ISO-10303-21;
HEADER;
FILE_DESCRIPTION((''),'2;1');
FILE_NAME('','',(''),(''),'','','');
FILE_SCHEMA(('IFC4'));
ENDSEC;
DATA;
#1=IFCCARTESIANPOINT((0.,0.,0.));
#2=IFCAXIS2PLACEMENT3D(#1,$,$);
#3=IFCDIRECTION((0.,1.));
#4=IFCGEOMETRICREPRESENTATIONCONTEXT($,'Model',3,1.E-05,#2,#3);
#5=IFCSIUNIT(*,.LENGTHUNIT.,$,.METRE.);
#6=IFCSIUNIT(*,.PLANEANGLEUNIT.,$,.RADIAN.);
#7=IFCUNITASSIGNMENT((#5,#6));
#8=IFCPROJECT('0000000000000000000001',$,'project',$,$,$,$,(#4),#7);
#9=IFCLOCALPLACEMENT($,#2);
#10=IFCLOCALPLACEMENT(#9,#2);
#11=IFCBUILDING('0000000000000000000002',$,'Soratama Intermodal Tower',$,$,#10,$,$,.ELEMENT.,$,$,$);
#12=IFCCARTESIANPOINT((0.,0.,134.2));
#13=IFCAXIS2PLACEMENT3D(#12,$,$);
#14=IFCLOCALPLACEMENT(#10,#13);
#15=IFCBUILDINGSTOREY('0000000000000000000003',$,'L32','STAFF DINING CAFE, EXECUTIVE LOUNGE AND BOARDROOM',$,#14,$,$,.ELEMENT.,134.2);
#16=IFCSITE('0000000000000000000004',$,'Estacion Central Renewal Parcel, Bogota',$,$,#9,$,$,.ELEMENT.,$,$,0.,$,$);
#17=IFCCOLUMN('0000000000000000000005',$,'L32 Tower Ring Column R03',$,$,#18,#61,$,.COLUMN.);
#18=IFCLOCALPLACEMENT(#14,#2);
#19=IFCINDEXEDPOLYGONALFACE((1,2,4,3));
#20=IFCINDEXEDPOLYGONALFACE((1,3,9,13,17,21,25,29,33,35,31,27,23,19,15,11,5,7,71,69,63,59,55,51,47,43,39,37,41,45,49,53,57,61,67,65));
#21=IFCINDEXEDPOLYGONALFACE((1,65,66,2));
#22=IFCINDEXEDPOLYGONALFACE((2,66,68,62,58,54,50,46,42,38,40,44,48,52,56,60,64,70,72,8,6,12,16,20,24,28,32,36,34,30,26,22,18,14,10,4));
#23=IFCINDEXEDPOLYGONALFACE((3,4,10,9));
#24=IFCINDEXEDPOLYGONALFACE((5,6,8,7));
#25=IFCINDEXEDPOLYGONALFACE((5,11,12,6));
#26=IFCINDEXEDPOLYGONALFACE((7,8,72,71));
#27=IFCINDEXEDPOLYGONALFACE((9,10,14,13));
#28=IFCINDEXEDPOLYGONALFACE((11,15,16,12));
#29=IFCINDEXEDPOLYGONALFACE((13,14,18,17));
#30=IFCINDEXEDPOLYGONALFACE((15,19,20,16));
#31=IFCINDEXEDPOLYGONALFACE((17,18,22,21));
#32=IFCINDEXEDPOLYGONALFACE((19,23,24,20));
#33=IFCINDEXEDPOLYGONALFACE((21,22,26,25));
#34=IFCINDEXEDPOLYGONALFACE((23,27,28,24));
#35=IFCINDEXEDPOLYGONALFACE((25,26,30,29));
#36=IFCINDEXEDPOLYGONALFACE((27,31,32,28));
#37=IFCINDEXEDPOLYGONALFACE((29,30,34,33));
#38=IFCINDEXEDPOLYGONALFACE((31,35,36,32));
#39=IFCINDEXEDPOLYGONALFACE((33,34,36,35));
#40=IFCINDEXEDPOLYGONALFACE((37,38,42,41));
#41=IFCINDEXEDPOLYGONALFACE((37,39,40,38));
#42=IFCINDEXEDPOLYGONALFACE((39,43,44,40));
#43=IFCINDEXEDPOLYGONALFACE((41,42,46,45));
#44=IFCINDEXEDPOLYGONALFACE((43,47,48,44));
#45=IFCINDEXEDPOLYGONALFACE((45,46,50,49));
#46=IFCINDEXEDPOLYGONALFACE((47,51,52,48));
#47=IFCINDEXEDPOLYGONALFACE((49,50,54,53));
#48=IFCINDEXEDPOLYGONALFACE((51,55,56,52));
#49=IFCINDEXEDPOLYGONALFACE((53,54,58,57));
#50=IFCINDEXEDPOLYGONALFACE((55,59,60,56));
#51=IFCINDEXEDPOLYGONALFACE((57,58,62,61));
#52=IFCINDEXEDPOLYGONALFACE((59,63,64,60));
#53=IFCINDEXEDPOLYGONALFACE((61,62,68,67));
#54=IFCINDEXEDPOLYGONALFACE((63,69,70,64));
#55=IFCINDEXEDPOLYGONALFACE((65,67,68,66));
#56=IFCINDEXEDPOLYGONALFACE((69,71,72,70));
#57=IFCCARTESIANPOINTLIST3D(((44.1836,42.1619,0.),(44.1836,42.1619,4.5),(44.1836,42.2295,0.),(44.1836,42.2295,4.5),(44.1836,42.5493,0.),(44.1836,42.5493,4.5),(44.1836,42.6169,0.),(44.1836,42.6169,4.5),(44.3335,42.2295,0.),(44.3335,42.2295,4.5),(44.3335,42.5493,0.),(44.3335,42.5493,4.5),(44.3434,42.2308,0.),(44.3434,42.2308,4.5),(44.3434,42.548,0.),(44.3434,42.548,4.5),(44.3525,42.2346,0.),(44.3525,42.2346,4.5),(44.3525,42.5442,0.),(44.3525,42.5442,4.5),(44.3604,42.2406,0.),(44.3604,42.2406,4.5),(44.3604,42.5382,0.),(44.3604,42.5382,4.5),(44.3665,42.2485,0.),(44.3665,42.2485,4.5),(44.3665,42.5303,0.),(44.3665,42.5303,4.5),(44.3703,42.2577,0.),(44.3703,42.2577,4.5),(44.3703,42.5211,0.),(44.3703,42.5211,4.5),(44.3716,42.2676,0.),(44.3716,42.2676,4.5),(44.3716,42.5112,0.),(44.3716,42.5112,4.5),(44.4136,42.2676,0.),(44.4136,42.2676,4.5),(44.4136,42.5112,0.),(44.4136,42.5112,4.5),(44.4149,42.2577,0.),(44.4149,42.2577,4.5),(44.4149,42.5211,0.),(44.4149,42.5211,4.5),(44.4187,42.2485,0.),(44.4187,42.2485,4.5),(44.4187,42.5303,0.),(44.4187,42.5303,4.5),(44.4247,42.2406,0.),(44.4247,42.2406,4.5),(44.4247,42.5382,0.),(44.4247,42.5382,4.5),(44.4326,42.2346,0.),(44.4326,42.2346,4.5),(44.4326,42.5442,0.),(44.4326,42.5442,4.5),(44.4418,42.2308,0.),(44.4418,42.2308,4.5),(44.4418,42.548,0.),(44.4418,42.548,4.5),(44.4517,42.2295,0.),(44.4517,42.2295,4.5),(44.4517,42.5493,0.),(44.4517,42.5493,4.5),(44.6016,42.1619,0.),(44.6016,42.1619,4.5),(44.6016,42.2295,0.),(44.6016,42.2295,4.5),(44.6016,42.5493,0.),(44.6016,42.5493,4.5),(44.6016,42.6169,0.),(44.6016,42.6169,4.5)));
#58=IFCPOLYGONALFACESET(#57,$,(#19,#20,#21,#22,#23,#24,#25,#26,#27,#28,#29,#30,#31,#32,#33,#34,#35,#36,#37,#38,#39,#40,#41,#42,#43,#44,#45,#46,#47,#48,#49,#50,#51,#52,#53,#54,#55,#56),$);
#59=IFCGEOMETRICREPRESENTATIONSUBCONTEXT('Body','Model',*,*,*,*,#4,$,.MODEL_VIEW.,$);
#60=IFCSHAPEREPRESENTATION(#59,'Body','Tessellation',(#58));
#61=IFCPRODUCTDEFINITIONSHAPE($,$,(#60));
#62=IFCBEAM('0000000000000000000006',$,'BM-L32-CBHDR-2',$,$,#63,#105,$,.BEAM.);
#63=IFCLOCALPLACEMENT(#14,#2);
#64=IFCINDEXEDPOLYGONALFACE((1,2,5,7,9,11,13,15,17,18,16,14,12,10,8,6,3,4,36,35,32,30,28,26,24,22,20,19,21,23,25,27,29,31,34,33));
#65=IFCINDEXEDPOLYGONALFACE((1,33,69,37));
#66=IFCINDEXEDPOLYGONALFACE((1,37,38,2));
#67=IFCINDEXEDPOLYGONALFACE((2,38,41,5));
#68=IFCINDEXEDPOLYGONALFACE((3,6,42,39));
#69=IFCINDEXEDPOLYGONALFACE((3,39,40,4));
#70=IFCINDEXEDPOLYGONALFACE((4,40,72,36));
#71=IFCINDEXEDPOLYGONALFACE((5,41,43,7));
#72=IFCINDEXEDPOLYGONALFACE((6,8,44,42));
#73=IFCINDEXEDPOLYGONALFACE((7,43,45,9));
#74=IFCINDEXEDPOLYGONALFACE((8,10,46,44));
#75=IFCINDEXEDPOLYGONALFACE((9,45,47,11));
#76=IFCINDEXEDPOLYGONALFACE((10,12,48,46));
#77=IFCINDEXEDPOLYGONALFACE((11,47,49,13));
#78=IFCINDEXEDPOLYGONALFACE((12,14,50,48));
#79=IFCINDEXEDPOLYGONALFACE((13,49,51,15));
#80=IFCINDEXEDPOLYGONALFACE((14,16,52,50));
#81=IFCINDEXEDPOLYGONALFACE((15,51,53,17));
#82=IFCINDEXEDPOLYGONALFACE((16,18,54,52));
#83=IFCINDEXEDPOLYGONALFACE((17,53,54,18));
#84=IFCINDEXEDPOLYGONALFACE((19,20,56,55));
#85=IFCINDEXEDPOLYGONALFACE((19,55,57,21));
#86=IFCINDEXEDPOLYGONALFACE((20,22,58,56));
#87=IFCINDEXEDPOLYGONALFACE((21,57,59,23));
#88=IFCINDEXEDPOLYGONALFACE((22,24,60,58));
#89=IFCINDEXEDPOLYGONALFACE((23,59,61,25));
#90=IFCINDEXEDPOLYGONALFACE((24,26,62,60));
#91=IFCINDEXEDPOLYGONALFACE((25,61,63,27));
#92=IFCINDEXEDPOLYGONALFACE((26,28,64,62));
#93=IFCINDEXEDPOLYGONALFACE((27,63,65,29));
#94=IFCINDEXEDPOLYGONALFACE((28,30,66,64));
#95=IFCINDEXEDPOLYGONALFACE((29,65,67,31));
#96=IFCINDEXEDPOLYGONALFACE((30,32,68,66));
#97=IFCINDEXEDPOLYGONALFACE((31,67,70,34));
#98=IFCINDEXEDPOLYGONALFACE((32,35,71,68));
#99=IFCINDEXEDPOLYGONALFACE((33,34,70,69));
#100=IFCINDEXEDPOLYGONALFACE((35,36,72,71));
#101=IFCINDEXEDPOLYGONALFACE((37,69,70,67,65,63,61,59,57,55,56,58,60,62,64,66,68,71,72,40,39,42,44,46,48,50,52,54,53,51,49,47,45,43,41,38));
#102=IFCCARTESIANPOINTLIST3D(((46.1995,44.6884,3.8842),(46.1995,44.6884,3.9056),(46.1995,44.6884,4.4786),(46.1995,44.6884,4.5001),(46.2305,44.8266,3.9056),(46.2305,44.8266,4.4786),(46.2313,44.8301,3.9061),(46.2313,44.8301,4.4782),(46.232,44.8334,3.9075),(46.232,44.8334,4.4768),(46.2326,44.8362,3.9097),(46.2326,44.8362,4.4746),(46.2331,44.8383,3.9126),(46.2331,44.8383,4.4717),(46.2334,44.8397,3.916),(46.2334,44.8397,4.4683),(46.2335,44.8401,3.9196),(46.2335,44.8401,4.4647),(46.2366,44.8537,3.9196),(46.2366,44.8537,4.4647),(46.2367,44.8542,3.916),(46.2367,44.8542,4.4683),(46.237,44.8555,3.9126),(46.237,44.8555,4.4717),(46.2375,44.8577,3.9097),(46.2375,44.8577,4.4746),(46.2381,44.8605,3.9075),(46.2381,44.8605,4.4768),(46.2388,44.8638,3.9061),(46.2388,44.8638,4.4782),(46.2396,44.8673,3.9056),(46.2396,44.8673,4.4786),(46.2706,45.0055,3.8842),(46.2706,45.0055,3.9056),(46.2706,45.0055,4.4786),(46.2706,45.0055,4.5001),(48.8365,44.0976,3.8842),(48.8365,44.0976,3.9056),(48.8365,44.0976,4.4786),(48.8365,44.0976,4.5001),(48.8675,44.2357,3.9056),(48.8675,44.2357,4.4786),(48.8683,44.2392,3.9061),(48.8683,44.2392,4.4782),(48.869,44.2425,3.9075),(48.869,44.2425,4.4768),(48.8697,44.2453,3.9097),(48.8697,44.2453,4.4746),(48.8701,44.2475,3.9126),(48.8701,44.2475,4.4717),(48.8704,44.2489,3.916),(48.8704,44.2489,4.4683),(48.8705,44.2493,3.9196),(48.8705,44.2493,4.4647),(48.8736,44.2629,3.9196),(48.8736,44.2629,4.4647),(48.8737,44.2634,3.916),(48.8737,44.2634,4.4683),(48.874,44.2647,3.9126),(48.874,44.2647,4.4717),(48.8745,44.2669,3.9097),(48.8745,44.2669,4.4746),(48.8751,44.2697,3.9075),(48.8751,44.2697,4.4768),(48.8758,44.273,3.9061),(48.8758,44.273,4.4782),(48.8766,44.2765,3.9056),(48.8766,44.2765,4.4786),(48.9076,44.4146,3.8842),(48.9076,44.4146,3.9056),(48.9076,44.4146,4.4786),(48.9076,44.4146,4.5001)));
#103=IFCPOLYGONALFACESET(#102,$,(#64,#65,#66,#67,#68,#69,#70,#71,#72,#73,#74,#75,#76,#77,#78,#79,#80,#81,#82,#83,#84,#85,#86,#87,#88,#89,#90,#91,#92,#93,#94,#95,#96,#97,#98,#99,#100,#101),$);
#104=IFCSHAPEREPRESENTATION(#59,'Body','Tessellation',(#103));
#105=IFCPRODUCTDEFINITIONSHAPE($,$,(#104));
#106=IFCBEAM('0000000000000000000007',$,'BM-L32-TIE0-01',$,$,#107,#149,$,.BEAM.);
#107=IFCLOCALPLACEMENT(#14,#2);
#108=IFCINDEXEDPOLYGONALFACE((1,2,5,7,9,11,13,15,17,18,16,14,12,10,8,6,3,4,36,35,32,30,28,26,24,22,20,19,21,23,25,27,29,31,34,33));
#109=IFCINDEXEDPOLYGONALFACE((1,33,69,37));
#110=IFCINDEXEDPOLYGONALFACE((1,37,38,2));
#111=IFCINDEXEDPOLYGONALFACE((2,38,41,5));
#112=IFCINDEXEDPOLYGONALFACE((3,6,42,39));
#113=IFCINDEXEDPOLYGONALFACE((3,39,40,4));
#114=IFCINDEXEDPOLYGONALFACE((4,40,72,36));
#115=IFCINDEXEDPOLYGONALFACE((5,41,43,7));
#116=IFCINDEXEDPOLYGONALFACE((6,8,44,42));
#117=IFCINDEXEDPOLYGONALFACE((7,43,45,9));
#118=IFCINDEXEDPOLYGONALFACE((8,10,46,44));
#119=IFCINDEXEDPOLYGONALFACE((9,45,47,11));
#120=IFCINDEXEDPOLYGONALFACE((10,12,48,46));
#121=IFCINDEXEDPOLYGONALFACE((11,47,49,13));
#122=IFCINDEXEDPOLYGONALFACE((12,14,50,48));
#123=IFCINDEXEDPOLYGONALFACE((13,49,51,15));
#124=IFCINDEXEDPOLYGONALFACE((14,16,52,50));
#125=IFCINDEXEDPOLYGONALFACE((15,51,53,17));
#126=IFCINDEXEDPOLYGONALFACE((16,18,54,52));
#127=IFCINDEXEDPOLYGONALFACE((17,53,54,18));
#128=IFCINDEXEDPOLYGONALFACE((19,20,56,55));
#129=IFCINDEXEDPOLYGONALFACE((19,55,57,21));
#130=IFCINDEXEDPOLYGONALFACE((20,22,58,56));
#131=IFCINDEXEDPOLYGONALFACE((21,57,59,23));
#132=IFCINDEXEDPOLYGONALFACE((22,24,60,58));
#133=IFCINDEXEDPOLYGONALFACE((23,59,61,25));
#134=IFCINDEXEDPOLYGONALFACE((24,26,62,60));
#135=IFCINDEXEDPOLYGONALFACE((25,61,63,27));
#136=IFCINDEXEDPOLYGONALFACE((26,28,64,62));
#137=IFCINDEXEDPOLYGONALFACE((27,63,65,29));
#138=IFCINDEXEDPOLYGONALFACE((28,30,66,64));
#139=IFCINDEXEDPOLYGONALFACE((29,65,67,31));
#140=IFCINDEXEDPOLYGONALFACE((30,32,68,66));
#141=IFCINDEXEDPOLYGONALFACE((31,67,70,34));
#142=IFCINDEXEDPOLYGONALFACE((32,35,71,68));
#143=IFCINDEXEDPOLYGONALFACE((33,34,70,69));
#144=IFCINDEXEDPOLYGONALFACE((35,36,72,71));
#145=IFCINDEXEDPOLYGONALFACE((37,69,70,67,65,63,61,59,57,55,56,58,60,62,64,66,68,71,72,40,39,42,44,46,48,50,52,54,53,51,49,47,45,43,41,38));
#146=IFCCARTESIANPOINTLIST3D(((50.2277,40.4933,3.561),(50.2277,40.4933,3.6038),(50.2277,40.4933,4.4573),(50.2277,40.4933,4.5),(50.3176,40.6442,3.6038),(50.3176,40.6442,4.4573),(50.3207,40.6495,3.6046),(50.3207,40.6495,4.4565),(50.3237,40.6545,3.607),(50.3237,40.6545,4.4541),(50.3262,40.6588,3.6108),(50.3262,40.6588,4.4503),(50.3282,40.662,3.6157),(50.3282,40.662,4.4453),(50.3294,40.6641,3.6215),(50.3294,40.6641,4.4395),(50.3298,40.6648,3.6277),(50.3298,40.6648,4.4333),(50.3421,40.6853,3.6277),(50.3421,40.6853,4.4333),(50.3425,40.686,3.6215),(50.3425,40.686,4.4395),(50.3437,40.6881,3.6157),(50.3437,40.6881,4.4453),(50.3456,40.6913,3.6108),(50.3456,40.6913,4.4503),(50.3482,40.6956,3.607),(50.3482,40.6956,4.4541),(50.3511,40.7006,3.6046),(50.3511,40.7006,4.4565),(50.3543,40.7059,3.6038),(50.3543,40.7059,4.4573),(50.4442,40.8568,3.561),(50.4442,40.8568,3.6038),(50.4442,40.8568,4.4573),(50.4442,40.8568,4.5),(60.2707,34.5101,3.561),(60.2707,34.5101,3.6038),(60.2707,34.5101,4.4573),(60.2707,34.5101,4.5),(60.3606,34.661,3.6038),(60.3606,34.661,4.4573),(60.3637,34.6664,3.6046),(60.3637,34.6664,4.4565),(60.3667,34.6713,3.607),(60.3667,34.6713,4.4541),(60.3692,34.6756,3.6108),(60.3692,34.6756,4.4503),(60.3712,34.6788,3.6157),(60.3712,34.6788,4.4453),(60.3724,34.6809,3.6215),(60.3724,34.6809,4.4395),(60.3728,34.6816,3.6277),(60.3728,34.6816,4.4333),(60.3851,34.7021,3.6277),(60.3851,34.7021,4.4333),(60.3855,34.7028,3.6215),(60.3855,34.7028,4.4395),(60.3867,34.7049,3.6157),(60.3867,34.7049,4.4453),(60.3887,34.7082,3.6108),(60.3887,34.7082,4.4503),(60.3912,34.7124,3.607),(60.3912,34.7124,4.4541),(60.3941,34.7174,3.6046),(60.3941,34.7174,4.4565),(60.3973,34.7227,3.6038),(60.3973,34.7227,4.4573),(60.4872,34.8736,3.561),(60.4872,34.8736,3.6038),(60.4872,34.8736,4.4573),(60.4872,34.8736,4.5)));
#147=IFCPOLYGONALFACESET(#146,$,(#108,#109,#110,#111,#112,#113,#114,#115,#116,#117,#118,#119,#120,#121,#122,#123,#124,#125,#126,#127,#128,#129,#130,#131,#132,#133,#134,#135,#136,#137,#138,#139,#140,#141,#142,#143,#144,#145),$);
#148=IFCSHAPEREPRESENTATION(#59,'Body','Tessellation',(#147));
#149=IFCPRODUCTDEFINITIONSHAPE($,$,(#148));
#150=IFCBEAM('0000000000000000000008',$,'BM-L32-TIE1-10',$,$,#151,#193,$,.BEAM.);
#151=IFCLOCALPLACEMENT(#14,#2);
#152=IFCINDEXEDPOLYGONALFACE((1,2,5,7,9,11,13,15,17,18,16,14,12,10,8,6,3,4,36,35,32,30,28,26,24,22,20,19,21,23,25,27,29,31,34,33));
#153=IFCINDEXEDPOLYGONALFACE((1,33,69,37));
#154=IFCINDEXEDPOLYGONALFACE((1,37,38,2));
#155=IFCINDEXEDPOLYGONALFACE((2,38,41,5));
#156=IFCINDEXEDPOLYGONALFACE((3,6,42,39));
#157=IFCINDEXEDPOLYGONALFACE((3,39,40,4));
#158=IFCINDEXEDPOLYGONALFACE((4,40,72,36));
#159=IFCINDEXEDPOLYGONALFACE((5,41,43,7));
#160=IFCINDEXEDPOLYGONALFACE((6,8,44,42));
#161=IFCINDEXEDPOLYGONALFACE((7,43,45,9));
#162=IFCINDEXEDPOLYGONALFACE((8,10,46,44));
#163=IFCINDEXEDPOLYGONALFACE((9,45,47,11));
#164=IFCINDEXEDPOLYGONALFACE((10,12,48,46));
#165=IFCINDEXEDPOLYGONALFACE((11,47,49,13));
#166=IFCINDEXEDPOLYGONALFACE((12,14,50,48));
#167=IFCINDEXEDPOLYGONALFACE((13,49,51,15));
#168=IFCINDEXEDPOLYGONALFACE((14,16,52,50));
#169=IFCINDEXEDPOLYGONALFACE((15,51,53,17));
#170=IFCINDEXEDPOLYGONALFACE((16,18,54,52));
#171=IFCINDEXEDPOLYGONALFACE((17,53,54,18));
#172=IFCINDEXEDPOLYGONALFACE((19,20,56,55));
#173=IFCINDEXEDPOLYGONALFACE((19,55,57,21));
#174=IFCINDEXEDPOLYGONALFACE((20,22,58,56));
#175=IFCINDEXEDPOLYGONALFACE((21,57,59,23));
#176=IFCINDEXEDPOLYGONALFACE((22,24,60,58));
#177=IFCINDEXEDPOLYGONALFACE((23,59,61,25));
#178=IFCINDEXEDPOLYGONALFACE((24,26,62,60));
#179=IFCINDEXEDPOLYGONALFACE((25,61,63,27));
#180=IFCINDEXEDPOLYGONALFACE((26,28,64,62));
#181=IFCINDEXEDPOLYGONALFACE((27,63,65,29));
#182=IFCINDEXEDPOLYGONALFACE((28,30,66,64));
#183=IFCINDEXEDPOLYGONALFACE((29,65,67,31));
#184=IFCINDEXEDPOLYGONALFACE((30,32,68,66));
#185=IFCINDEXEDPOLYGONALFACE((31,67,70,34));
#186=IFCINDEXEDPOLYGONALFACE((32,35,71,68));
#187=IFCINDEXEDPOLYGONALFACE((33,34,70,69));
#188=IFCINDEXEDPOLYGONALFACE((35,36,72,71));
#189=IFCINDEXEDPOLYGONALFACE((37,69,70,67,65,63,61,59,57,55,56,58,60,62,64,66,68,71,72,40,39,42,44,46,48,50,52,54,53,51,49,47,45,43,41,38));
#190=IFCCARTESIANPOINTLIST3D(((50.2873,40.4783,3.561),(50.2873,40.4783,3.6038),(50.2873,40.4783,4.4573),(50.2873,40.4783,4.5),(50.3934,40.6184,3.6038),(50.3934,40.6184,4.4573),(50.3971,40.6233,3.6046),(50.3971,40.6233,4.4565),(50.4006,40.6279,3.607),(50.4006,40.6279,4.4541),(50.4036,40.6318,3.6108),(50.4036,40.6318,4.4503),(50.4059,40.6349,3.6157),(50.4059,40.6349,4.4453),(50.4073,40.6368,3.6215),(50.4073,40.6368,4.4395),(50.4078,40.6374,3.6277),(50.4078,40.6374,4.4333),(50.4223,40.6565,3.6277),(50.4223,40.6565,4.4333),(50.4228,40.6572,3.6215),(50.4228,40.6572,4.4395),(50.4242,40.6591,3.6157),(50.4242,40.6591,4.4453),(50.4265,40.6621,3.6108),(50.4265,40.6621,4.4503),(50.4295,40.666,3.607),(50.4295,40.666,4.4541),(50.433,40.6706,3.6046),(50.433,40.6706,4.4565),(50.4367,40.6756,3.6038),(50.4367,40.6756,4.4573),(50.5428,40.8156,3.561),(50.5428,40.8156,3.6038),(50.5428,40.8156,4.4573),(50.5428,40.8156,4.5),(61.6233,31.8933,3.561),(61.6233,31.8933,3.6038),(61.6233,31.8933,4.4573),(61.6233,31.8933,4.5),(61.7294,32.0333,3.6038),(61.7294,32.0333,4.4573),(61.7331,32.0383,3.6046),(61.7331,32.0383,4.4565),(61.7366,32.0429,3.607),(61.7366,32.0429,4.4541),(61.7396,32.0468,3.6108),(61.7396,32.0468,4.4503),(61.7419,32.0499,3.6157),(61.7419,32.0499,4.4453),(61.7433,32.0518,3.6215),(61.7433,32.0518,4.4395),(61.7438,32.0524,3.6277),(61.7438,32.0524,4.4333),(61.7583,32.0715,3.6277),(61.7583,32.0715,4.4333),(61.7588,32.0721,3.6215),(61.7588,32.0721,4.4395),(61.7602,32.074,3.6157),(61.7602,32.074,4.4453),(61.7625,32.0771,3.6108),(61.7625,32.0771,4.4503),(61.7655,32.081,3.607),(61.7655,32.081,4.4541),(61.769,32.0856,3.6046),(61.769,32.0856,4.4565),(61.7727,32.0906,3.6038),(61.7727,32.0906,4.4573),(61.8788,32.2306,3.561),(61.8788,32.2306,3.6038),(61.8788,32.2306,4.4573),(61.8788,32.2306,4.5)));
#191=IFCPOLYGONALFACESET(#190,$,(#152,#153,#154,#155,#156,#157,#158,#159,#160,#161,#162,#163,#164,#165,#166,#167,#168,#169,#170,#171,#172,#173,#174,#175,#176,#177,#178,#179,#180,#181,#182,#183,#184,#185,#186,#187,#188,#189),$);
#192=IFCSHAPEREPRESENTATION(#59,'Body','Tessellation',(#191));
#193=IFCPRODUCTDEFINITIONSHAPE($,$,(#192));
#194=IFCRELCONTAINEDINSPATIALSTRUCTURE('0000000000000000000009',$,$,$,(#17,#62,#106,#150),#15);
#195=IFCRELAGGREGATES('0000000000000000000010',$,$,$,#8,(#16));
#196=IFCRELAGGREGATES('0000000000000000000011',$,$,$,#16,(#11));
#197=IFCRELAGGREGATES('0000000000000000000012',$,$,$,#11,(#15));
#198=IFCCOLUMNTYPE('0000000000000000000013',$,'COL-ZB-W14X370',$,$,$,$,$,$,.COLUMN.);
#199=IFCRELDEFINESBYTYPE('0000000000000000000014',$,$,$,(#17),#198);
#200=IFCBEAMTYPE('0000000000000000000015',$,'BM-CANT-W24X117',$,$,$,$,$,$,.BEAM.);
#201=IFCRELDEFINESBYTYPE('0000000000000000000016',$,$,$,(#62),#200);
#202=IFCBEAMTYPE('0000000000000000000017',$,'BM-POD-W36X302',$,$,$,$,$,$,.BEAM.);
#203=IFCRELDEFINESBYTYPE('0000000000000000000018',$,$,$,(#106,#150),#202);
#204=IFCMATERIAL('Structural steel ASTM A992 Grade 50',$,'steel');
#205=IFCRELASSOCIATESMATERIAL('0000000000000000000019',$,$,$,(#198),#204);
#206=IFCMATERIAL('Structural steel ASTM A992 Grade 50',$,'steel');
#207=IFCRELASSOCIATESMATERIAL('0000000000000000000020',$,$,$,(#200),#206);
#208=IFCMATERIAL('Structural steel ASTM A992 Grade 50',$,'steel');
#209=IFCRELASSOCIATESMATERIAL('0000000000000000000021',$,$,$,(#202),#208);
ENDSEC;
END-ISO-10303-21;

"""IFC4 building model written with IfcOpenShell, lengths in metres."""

from ifc_helpers import new_model, si_unit, direction, frame, origin, origin_2d, place, context, subcontext, project, spatial, i_section, extrude, material, material_profile, profile_set, type_object, element, save


model = new_model("IFC4")

# Units and contexts
model_context = context("Model", 3, precision=1e-05, world=origin(), true_north=direction((0.0, 1.0)))
body_context = subcontext(model_context, "Body", "Model", "MODEL_VIEW")
ifc_project = project(units=[si_unit("LENGTHUNIT", "METRE"), si_unit("PLANEANGLEUNIT", "RADIAN")], contexts=[model_context])

# Site, building, storey
site_placement = place(None, origin())
site = spatial("IfcSite", under=ifc_project, at=site_placement, Name="Estacion Central Renewal Parcel, Bogota", CompositionType="ELEMENT", RefElevation=0.0)
building_placement = place(site_placement, origin())
building = spatial("IfcBuilding", under=site, at=building_placement, Name="Soratama Intermodal Tower", CompositionType="ELEMENT")
storey_placement = place(building_placement, frame((0.0, 0.0, 134.2)))
storey = spatial("IfcBuildingStorey", under=building, at=storey_placement, Name="L32", Description="STAFF DINING CAFE, EXECUTIVE LOUNGE AND BOARDROOM", CompositionType="ELEMENT", Elevation=134.2)

# Column
ifc_material_1 = material(Name="Structural steel ASTM A992 Grade 50", Category="steel")
ifc_material_profile_1 = material_profile(ifc_material_1, i_section(OverallWidth=0.418, OverallDepth=0.4551, WebThickness=0.042, FlangeThickness=0.0676, FilletRadius=0.0381, at=origin_2d()), Name="W14X370")
ifc_profile_set_1 = profile_set([ifc_material_profile_1], Name="Structural steel ASTM A992 Grade 50")
column_type = type_object("IfcColumnType", Name="COL-ZB-W14X370", PredefinedType="COLUMN", material=ifc_profile_set_1)
column_placement = place(storey_placement, frame((44.3926, 42.3894, 0.0), z_axis=(0.0, 0.0, 1.0), x_axis=(1.0, 0.0, 0.0)))
element("IfcColumn", 1, at=column_placement, inside=storey, type_object=column_type, Name="L32 Tower Ring Column R03", PredefinedType="COLUMN", context=body_context, shape_type="SweptSolid", body=[
    extrude(i_section(OverallWidth=0.418, OverallDepth=0.4551, WebThickness=0.042, FlangeThickness=0.0676, FilletRadius=0.0381, at=origin_2d()), origin(), (0.0, 0.0, 1.0), 4.5),
])

# Beams
ifc_material_2 = material(Name="Structural steel ASTM A992 Grade 50", Category="steel")
ifc_material_profile_2 = material_profile(ifc_material_2, i_section(OverallWidth=0.325, OverallDepth=0.616, WebThickness=0.0139, FlangeThickness=0.0215, FilletRadius=0.0139, at=origin_2d()), Name="W24X117")
ifc_profile_set_2 = profile_set([ifc_material_profile_2], Name="Structural steel ASTM A992 Grade 50")
beam_type_1 = type_object("IfcBeamType", Name="BM-CANT-W24X117", PredefinedType="BEAM", material=ifc_profile_set_2)
beam_1_placement = place(storey_placement, frame((48.8721, 44.2561, 4.1921), z_axis=(-0.975807, 0.218633, 0.0), x_axis=(-0.218633, -0.975807, 0.0)))
element("IfcBeam", 2, at=beam_1_placement, inside=storey, type_object=beam_type_1, Name="BM-L32-CBHDR-2", PredefinedType="BEAM", context=body_context, shape_type="SweptSolid", body=[
    extrude(i_section(OverallWidth=0.325, OverallDepth=0.616, WebThickness=0.0139, FlangeThickness=0.0215, FilletRadius=0.0139, at=origin_2d()), origin(), (0.0, 0.0, 1.0), 2.7024),
])
ifc_material_3 = material(Name="Structural steel ASTM A992 Grade 50", Category="steel")
ifc_material_profile_3 = material_profile(ifc_material_3, i_section(OverallWidth=0.4231, OverallDepth=0.939, WebThickness=0.0239, FlangeThickness=0.0427, FilletRadius=0.0239, at=origin_2d()), Name="W36X302")
ifc_profile_set_3 = profile_set([ifc_material_profile_3], Name="Structural steel ASTM A992 Grade 50")
beam_type_2 = type_object("IfcBeamType", Name="BM-POD-W36X302", PredefinedType="BEAM", material=ifc_profile_set_3)
beam_2_placement = place(storey_placement, frame((50.3359, 40.675, 4.0305), z_axis=(0.859097, -0.511812, 0.0), x_axis=(0.511812, 0.859097, 0.0)))
element("IfcBeam", 3, at=beam_2_placement, inside=storey, type_object=beam_type_2, Name="BM-L32-TIE0-01", PredefinedType="BEAM", context=body_context, shape_type="SweptSolid", body=[
    extrude(i_section(OverallWidth=0.4231, OverallDepth=0.939, WebThickness=0.0239, FlangeThickness=0.0427, FilletRadius=0.0239, at=origin_2d()), origin(), (0.0, 0.0, 1.0), 11.6902),
])
beam_3_placement = place(storey_placement, frame((50.415, 40.647, 4.0305), z_axis=(0.797189, -0.603729, 0.0), x_axis=(0.603729, 0.797189, 0.0)))
element("IfcBeam", 4, at=beam_3_placement, inside=storey, type_object=beam_type_2, Name="BM-L32-TIE1-10", PredefinedType="BEAM", context=body_context, shape_type="SweptSolid", body=[
    extrude(i_section(OverallWidth=0.4231, OverallDepth=0.939, WebThickness=0.0239, FlangeThickness=0.0427, FilletRadius=0.0239, at=origin_2d()), origin(), (0.0, 0.0, 1.0), 14.22),
])

save(model, "model.ifc")
